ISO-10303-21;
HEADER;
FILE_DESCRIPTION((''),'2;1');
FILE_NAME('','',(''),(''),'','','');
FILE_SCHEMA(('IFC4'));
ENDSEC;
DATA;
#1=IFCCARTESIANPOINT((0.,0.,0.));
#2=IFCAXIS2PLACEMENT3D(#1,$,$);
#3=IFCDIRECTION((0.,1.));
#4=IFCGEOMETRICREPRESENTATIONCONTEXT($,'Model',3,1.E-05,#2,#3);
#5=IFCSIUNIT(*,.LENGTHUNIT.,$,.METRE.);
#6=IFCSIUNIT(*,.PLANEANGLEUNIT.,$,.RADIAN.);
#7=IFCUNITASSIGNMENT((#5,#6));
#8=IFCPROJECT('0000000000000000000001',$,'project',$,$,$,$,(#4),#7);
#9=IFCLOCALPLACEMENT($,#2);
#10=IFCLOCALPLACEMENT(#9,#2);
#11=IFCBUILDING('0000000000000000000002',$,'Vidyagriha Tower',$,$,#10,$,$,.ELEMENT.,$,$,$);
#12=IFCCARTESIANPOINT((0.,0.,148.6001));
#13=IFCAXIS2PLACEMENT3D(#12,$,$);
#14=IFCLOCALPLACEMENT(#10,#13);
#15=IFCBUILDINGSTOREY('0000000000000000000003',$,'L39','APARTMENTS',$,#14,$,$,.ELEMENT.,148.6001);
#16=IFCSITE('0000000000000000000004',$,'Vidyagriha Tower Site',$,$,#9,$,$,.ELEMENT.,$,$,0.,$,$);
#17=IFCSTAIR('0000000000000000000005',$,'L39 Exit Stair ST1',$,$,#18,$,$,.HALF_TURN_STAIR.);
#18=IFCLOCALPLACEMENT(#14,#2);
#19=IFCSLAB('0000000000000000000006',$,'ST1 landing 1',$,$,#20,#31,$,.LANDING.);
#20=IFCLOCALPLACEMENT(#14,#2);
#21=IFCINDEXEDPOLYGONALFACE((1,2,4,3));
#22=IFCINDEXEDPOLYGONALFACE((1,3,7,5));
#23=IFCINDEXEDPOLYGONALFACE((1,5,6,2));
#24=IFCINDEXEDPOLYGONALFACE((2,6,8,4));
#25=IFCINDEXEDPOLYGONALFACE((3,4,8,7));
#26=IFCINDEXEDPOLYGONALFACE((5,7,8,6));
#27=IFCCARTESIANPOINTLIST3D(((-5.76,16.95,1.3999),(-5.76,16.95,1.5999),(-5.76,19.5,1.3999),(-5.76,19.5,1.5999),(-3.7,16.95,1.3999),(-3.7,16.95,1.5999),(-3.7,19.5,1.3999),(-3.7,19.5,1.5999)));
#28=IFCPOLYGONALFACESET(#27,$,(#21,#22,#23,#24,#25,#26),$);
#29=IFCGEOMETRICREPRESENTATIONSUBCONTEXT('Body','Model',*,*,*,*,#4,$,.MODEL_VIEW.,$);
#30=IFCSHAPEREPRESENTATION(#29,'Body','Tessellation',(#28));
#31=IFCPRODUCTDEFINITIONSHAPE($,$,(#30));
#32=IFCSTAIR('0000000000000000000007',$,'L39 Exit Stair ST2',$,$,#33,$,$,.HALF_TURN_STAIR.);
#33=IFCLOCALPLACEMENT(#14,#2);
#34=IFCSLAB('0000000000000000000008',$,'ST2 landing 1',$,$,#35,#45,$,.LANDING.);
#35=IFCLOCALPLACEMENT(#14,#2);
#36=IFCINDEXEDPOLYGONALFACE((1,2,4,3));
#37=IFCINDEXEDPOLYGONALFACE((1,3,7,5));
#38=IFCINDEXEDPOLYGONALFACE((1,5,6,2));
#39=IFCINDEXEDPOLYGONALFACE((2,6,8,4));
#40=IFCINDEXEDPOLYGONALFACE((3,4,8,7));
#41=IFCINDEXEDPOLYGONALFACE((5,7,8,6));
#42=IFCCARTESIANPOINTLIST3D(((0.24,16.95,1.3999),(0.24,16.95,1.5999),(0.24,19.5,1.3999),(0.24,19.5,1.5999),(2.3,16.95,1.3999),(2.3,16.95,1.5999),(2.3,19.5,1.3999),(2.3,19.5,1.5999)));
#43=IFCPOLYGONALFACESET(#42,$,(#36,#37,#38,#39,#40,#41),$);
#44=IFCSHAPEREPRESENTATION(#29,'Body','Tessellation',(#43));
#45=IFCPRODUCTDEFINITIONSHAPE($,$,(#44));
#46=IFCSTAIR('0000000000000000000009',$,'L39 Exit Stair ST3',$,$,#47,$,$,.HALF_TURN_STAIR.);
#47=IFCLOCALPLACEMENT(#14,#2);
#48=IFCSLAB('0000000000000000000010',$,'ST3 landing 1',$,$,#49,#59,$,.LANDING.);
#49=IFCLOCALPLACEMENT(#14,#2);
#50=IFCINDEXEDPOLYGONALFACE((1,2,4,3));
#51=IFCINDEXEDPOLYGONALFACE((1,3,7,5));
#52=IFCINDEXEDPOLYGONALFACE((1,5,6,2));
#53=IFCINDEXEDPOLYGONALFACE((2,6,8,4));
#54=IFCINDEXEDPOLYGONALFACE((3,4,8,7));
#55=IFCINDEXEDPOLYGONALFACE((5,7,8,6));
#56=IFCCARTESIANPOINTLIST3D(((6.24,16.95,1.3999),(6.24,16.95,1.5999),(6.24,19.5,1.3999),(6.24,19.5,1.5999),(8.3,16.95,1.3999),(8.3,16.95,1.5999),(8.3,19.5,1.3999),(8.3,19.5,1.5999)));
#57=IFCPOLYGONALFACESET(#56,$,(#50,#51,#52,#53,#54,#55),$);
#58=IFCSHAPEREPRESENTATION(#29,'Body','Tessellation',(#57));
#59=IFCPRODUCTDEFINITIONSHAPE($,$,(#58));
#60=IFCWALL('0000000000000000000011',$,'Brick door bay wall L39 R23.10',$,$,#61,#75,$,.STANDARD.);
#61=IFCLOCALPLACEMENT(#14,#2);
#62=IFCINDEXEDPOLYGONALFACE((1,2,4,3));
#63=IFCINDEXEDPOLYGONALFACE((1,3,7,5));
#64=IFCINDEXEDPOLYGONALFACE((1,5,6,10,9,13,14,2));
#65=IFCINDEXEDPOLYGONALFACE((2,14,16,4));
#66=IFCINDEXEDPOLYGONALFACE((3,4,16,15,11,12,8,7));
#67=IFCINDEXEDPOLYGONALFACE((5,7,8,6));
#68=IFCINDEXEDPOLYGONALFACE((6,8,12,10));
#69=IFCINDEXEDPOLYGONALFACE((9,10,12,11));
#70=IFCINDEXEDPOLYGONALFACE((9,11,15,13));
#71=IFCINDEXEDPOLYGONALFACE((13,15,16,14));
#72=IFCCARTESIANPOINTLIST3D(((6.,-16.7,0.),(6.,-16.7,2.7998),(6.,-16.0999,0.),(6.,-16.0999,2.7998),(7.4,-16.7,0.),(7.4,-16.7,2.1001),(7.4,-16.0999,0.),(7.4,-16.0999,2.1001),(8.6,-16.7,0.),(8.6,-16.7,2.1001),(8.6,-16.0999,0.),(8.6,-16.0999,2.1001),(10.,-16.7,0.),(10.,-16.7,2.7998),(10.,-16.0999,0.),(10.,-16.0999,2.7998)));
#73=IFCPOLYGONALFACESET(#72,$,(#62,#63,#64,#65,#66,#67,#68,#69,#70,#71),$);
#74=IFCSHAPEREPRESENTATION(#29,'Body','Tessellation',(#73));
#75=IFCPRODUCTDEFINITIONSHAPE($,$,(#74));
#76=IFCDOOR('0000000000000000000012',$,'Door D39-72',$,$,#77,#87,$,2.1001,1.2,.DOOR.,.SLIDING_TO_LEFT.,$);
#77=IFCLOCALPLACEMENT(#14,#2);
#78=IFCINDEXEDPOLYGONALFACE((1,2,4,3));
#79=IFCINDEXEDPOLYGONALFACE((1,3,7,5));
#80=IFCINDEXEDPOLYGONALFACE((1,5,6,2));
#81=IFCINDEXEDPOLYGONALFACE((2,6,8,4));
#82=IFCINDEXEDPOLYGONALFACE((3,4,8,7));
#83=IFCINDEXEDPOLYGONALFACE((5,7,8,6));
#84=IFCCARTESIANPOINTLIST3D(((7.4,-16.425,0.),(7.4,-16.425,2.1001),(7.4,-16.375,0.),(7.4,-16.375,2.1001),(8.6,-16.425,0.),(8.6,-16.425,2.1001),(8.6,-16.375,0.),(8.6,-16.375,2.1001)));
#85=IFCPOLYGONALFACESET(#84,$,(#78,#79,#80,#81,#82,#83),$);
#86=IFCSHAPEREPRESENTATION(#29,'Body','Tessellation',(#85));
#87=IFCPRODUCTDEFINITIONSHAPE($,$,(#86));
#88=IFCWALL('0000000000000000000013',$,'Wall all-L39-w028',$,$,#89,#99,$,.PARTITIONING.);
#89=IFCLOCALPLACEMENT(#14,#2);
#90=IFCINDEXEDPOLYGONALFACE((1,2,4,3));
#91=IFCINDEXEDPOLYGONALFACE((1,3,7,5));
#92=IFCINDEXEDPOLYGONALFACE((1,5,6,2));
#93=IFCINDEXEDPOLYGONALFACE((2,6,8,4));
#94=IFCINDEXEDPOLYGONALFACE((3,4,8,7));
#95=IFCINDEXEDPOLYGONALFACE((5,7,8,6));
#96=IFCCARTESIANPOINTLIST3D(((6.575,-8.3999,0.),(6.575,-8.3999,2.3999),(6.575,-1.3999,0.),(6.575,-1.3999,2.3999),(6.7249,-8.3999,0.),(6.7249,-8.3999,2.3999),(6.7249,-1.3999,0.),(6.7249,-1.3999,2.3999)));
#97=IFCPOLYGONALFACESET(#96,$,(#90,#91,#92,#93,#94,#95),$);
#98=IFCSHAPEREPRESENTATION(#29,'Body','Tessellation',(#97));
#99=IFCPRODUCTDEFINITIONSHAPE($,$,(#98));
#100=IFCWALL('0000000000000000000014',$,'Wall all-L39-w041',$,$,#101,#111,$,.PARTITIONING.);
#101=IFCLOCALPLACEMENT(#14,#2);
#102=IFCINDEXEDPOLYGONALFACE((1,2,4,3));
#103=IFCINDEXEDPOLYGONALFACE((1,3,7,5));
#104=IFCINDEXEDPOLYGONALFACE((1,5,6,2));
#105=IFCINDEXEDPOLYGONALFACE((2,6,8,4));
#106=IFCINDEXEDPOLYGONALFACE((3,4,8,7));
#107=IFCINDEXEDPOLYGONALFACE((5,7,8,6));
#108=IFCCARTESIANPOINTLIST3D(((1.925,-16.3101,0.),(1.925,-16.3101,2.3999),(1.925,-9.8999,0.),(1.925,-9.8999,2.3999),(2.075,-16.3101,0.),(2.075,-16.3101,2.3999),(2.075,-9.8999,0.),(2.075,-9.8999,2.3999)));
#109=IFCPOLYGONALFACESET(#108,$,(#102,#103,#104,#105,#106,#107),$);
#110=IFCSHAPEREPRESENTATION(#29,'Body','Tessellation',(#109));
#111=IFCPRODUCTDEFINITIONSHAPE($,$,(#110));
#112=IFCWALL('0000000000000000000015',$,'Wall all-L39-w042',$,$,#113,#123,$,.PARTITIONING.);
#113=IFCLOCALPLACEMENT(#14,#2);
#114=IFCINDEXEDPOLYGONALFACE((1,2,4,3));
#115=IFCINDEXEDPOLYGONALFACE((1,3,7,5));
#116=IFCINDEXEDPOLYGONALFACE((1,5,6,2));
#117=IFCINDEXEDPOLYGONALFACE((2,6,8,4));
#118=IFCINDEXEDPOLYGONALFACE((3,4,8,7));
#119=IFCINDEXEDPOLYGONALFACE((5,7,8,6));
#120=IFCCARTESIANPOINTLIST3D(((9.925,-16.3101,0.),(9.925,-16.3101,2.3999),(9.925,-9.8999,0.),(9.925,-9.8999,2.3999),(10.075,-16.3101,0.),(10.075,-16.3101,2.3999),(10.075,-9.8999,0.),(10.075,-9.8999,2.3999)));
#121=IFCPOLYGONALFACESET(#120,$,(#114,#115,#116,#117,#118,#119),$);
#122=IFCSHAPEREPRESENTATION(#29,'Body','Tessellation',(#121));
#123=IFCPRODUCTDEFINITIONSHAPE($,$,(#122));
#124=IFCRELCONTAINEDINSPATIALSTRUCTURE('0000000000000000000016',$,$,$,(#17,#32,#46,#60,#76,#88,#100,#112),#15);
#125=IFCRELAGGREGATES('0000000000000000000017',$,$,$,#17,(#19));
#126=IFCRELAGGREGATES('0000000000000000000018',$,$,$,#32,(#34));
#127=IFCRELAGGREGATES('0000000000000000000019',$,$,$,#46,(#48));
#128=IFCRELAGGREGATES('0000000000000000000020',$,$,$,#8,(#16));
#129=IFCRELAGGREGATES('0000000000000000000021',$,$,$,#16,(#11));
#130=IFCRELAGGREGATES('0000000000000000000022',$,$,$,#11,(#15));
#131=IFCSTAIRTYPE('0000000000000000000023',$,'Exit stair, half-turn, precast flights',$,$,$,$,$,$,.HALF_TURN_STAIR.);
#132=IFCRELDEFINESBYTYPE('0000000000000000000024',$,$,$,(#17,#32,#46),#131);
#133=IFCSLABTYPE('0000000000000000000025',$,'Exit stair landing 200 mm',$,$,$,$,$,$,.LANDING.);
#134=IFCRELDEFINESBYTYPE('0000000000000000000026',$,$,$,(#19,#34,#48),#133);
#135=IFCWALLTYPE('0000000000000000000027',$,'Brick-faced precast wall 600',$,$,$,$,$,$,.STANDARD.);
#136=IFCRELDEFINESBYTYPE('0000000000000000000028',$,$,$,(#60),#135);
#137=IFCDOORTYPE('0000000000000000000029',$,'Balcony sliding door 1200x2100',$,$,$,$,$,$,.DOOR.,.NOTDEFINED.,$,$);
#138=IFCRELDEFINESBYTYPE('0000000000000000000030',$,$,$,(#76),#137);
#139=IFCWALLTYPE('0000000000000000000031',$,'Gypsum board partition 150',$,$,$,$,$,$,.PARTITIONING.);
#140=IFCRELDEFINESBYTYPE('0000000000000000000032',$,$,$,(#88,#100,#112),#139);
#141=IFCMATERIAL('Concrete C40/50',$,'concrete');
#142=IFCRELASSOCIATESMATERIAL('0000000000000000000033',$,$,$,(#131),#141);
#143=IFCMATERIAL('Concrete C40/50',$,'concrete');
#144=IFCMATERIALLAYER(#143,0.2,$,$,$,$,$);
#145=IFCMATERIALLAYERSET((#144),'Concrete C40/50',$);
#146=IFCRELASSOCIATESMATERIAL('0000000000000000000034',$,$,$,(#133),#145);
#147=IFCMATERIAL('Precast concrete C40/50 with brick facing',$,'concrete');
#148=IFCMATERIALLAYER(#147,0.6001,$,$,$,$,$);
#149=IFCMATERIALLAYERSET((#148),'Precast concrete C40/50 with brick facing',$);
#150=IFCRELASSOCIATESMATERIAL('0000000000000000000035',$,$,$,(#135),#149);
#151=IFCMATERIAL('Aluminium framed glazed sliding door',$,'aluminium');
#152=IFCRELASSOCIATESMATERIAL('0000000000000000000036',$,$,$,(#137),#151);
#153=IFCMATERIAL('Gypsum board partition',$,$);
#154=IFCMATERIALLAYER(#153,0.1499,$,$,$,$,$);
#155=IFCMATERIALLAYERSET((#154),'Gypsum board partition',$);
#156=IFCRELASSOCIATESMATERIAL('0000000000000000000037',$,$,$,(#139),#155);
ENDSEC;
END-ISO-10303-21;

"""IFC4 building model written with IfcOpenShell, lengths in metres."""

from ifc_helpers import new_model, si_unit, direction, frame, frame_2d, origin, place, context, subcontext, project, spatial, polyline, rectangle, outline, extrude, material, layer, layer_set, type_object, element, fill, aggregate, save


model = new_model("IFC4")

# Units and contexts
model_context = context("Model", 3, precision=1e-05, world=origin(), true_north=direction((0.0, 1.0)))
body_context = subcontext(model_context, "Body", "Model", "MODEL_VIEW")
ifc_project = project(units=[si_unit("LENGTHUNIT", "METRE"), si_unit("PLANEANGLEUNIT", "RADIAN")], contexts=[model_context])

# Site, building, storey
site_placement = place(None, origin())
site = spatial("IfcSite", under=ifc_project, at=site_placement, Name="Vidyagriha Tower Site", CompositionType="ELEMENT", RefElevation=0.0)
building_placement = place(site_placement, origin())
building = spatial("IfcBuilding", under=site, at=building_placement, Name="Vidyagriha Tower", CompositionType="ELEMENT")
storey_placement = place(building_placement, frame((0.0, 0.0, 148.6001)))
storey = spatial("IfcBuildingStorey", under=building, at=storey_placement, Name="L39", Description="APARTMENTS", CompositionType="ELEMENT", Elevation=148.6001)

# Stairs, slabs
ifc_material_1 = material(Name="Concrete C40/50", Category="concrete")
stair_type = type_object("IfcStairType", Name="Exit stair, half-turn, precast flights", PredefinedType="HALF_TURN_STAIR", material=ifc_material_1)
stair_1_placement = place(storey_placement, origin())
stair_1 = element("IfcStair", 1, at=stair_1_placement, inside=storey, type_object=stair_type, Name="L39 Exit Stair ST1", PredefinedType="HALF_TURN_STAIR")
ifc_material_2 = material(Name="Concrete C40/50", Category="concrete")
ifc_layer_1 = layer(ifc_material_2, 0.2)
ifc_layer_set_1 = layer_set([ifc_layer_1], Name="Concrete C40/50")
slab_type_1 = type_object("IfcSlabType", Name="Exit stair landing 200 mm", PredefinedType="LANDING", material=ifc_layer_set_1)
slab_1_placement = place(storey_placement, frame((0.0, 0.0, 1.3999)))
slab_1 = element("IfcSlab", 2, at=slab_1_placement, type_object=slab_type_1, Name="ST1 landing 1", PredefinedType="LANDING", context=body_context, shape_type="SweptSolid", body=[
    extrude(outline(polyline([(-5.76, 16.95), (-3.7, 16.95), (-3.7, 19.5), (-5.76, 19.5), (-5.76, 16.95)])), origin(), (0.0, 0.0, 1.0), 0.2),
])
aggregate(stair_1, [slab_1])
stair_2_placement = place(storey_placement, origin())
stair_2 = element("IfcStair", 3, at=stair_2_placement, inside=storey, type_object=stair_type, Name="L39 Exit Stair ST2", PredefinedType="HALF_TURN_STAIR")
slab_2_placement = place(storey_placement, frame((0.0, 0.0, 1.3999)))
slab_2 = element("IfcSlab", 4, at=slab_2_placement, type_object=slab_type_1, Name="ST2 landing 1", PredefinedType="LANDING", context=body_context, shape_type="SweptSolid", body=[
    extrude(outline(polyline([(0.24, 16.95), (2.3, 16.95), (2.3, 19.5), (0.24, 19.5), (0.24, 16.95)])), origin(), (0.0, 0.0, 1.0), 0.2),
])
aggregate(stair_2, [slab_2])
stair_3_placement = place(storey_placement, origin())
stair_3 = element("IfcStair", 5, at=stair_3_placement, inside=storey, type_object=stair_type, Name="L39 Exit Stair ST3", PredefinedType="HALF_TURN_STAIR")
slab_3_placement = place(storey_placement, frame((0.0, 0.0, 1.3999)))
slab_3 = element("IfcSlab", 6, at=slab_3_placement, type_object=slab_type_1, Name="ST3 landing 1", PredefinedType="LANDING", context=body_context, shape_type="SweptSolid", body=[
    extrude(outline(polyline([(6.24, 16.95), (8.3, 16.95), (8.3, 19.5), (6.24, 19.5), (6.24, 16.95)])), origin(), (0.0, 0.0, 1.0), 0.2),
])
aggregate(stair_3, [slab_3])

# Wall, opening, door
ifc_material_3 = material(Name="Precast concrete C40/50 with brick facing", Category="concrete")
ifc_layer_2 = layer(ifc_material_3, 0.6001)
ifc_layer_set_2 = layer_set([ifc_layer_2], Name="Precast concrete C40/50 with brick facing")
wall_type_1 = type_object("IfcWallType", Name="Brick-faced precast wall 600", PredefinedType="STANDARD", material=ifc_layer_set_2)
wall_1_placement = place(storey_placement, frame((6.0, -16.3999, 0.0)))
wall_1 = element("IfcWall", 7, at=wall_1_placement, inside=storey, type_object=wall_type_1, Name="Brick door bay wall L39 R23.10", PredefinedType="STANDARD", context=body_context, shape_type="SweptSolid", body=[
    extrude(rectangle(XDim=4.0, YDim=0.6001, at=frame_2d((2.0, 0.0))), origin(), (0.0, 0.0, 1.0), 2.7998),
])
opening_placement = place(wall_1_placement, frame((1.3999, 0.0, 0.0)))
opening = element("IfcOpeningElement", 8, at=opening_placement, cuts=wall_1, PredefinedType="OPENING", context=body_context, shape_type="SweptSolid", body=[
    extrude(rectangle(XDim=1.2, YDim=2.1001, at=frame_2d((0.6001, 1.05))), frame((0.0, 0.3101, 0.0), z_axis=(0.0, -1.0, 0.0), x_axis=(1.0, 0.0, 0.0)), (0.0, 0.0, 1.0), 0.6201),
])
ifc_material_4 = material(Name="Aluminium framed glazed sliding door", Category="aluminium")
door_type = type_object("IfcDoorType", Name="Balcony sliding door 1200x2100", OperationType="NOTDEFINED", PredefinedType="DOOR", material=ifc_material_4)
door_placement = place(opening_placement, origin())
door = element("IfcDoor", 9, at=door_placement, inside=storey, type_object=door_type, Name="Door D39-72", OperationType="SLIDING_TO_LEFT", OverallHeight=2.1001, OverallWidth=1.2, PredefinedType="DOOR", context=body_context, shape_type="SweptSolid", body=[
    extrude(rectangle(XDim=1.2, YDim=2.1001, at=frame_2d((0.6001, 1.05))), frame((0.0, 0.0249, 0.0), z_axis=(0.0, -1.0, 0.0), x_axis=(1.0, 0.0, 0.0)), (0.0, 0.0, 1.0), 0.05),
])
fill(opening, door)

# Walls
ifc_material_5 = material(Name="Gypsum board partition")
ifc_layer_3 = layer(ifc_material_5, 0.1499)
ifc_layer_set_3 = layer_set([ifc_layer_3], Name="Gypsum board partition")
wall_type_2 = type_object("IfcWallType", Name="Gypsum board partition 150", PredefinedType="PARTITIONING", material=ifc_layer_set_3)
wall_2_placement = place(storey_placement, frame((6.6499, -1.3999, 0.0), z_axis=(0.0, 0.0, 1.0), x_axis=(0.0, -1.0, 0.0)))
element("IfcWall", 10, at=wall_2_placement, inside=storey, type_object=wall_type_2, Name="Wall all-L39-w028", PredefinedType="PARTITIONING", context=body_context, shape_type="SweptSolid", body=[
    extrude(rectangle(XDim=7.0, YDim=0.1499, at=frame_2d((3.5, 0.0))), origin(), (0.0, 0.0, 1.0), 2.3999),
])
for number, where, z_axis, x_axis, name in (
    (11, (2.0, -9.8999, 0.0), (0.0, 0.0, 1.0), (0.0, -1.0, 0.0), "Wall all-L39-w041"),
    (12, (10.0, -9.8999, 0.0), (0.0, 0.0, 1.0), (0.0, -1.0, 0.0), "Wall all-L39-w042"),
):
    element("IfcWall", number, at=place(storey_placement, frame(where, z_axis=z_axis, x_axis=x_axis)), inside=storey, type_object=wall_type_2, Name=name, PredefinedType="PARTITIONING", context=body_context, shape_type="SweptSolid", body=[
        extrude(rectangle(XDim=6.4102, YDim=0.1499, at=frame_2d((3.2051, 0.0))), origin(), (0.0, 0.0, 1.0), 2.3999),
    ])

save(model, "model.ifc")
